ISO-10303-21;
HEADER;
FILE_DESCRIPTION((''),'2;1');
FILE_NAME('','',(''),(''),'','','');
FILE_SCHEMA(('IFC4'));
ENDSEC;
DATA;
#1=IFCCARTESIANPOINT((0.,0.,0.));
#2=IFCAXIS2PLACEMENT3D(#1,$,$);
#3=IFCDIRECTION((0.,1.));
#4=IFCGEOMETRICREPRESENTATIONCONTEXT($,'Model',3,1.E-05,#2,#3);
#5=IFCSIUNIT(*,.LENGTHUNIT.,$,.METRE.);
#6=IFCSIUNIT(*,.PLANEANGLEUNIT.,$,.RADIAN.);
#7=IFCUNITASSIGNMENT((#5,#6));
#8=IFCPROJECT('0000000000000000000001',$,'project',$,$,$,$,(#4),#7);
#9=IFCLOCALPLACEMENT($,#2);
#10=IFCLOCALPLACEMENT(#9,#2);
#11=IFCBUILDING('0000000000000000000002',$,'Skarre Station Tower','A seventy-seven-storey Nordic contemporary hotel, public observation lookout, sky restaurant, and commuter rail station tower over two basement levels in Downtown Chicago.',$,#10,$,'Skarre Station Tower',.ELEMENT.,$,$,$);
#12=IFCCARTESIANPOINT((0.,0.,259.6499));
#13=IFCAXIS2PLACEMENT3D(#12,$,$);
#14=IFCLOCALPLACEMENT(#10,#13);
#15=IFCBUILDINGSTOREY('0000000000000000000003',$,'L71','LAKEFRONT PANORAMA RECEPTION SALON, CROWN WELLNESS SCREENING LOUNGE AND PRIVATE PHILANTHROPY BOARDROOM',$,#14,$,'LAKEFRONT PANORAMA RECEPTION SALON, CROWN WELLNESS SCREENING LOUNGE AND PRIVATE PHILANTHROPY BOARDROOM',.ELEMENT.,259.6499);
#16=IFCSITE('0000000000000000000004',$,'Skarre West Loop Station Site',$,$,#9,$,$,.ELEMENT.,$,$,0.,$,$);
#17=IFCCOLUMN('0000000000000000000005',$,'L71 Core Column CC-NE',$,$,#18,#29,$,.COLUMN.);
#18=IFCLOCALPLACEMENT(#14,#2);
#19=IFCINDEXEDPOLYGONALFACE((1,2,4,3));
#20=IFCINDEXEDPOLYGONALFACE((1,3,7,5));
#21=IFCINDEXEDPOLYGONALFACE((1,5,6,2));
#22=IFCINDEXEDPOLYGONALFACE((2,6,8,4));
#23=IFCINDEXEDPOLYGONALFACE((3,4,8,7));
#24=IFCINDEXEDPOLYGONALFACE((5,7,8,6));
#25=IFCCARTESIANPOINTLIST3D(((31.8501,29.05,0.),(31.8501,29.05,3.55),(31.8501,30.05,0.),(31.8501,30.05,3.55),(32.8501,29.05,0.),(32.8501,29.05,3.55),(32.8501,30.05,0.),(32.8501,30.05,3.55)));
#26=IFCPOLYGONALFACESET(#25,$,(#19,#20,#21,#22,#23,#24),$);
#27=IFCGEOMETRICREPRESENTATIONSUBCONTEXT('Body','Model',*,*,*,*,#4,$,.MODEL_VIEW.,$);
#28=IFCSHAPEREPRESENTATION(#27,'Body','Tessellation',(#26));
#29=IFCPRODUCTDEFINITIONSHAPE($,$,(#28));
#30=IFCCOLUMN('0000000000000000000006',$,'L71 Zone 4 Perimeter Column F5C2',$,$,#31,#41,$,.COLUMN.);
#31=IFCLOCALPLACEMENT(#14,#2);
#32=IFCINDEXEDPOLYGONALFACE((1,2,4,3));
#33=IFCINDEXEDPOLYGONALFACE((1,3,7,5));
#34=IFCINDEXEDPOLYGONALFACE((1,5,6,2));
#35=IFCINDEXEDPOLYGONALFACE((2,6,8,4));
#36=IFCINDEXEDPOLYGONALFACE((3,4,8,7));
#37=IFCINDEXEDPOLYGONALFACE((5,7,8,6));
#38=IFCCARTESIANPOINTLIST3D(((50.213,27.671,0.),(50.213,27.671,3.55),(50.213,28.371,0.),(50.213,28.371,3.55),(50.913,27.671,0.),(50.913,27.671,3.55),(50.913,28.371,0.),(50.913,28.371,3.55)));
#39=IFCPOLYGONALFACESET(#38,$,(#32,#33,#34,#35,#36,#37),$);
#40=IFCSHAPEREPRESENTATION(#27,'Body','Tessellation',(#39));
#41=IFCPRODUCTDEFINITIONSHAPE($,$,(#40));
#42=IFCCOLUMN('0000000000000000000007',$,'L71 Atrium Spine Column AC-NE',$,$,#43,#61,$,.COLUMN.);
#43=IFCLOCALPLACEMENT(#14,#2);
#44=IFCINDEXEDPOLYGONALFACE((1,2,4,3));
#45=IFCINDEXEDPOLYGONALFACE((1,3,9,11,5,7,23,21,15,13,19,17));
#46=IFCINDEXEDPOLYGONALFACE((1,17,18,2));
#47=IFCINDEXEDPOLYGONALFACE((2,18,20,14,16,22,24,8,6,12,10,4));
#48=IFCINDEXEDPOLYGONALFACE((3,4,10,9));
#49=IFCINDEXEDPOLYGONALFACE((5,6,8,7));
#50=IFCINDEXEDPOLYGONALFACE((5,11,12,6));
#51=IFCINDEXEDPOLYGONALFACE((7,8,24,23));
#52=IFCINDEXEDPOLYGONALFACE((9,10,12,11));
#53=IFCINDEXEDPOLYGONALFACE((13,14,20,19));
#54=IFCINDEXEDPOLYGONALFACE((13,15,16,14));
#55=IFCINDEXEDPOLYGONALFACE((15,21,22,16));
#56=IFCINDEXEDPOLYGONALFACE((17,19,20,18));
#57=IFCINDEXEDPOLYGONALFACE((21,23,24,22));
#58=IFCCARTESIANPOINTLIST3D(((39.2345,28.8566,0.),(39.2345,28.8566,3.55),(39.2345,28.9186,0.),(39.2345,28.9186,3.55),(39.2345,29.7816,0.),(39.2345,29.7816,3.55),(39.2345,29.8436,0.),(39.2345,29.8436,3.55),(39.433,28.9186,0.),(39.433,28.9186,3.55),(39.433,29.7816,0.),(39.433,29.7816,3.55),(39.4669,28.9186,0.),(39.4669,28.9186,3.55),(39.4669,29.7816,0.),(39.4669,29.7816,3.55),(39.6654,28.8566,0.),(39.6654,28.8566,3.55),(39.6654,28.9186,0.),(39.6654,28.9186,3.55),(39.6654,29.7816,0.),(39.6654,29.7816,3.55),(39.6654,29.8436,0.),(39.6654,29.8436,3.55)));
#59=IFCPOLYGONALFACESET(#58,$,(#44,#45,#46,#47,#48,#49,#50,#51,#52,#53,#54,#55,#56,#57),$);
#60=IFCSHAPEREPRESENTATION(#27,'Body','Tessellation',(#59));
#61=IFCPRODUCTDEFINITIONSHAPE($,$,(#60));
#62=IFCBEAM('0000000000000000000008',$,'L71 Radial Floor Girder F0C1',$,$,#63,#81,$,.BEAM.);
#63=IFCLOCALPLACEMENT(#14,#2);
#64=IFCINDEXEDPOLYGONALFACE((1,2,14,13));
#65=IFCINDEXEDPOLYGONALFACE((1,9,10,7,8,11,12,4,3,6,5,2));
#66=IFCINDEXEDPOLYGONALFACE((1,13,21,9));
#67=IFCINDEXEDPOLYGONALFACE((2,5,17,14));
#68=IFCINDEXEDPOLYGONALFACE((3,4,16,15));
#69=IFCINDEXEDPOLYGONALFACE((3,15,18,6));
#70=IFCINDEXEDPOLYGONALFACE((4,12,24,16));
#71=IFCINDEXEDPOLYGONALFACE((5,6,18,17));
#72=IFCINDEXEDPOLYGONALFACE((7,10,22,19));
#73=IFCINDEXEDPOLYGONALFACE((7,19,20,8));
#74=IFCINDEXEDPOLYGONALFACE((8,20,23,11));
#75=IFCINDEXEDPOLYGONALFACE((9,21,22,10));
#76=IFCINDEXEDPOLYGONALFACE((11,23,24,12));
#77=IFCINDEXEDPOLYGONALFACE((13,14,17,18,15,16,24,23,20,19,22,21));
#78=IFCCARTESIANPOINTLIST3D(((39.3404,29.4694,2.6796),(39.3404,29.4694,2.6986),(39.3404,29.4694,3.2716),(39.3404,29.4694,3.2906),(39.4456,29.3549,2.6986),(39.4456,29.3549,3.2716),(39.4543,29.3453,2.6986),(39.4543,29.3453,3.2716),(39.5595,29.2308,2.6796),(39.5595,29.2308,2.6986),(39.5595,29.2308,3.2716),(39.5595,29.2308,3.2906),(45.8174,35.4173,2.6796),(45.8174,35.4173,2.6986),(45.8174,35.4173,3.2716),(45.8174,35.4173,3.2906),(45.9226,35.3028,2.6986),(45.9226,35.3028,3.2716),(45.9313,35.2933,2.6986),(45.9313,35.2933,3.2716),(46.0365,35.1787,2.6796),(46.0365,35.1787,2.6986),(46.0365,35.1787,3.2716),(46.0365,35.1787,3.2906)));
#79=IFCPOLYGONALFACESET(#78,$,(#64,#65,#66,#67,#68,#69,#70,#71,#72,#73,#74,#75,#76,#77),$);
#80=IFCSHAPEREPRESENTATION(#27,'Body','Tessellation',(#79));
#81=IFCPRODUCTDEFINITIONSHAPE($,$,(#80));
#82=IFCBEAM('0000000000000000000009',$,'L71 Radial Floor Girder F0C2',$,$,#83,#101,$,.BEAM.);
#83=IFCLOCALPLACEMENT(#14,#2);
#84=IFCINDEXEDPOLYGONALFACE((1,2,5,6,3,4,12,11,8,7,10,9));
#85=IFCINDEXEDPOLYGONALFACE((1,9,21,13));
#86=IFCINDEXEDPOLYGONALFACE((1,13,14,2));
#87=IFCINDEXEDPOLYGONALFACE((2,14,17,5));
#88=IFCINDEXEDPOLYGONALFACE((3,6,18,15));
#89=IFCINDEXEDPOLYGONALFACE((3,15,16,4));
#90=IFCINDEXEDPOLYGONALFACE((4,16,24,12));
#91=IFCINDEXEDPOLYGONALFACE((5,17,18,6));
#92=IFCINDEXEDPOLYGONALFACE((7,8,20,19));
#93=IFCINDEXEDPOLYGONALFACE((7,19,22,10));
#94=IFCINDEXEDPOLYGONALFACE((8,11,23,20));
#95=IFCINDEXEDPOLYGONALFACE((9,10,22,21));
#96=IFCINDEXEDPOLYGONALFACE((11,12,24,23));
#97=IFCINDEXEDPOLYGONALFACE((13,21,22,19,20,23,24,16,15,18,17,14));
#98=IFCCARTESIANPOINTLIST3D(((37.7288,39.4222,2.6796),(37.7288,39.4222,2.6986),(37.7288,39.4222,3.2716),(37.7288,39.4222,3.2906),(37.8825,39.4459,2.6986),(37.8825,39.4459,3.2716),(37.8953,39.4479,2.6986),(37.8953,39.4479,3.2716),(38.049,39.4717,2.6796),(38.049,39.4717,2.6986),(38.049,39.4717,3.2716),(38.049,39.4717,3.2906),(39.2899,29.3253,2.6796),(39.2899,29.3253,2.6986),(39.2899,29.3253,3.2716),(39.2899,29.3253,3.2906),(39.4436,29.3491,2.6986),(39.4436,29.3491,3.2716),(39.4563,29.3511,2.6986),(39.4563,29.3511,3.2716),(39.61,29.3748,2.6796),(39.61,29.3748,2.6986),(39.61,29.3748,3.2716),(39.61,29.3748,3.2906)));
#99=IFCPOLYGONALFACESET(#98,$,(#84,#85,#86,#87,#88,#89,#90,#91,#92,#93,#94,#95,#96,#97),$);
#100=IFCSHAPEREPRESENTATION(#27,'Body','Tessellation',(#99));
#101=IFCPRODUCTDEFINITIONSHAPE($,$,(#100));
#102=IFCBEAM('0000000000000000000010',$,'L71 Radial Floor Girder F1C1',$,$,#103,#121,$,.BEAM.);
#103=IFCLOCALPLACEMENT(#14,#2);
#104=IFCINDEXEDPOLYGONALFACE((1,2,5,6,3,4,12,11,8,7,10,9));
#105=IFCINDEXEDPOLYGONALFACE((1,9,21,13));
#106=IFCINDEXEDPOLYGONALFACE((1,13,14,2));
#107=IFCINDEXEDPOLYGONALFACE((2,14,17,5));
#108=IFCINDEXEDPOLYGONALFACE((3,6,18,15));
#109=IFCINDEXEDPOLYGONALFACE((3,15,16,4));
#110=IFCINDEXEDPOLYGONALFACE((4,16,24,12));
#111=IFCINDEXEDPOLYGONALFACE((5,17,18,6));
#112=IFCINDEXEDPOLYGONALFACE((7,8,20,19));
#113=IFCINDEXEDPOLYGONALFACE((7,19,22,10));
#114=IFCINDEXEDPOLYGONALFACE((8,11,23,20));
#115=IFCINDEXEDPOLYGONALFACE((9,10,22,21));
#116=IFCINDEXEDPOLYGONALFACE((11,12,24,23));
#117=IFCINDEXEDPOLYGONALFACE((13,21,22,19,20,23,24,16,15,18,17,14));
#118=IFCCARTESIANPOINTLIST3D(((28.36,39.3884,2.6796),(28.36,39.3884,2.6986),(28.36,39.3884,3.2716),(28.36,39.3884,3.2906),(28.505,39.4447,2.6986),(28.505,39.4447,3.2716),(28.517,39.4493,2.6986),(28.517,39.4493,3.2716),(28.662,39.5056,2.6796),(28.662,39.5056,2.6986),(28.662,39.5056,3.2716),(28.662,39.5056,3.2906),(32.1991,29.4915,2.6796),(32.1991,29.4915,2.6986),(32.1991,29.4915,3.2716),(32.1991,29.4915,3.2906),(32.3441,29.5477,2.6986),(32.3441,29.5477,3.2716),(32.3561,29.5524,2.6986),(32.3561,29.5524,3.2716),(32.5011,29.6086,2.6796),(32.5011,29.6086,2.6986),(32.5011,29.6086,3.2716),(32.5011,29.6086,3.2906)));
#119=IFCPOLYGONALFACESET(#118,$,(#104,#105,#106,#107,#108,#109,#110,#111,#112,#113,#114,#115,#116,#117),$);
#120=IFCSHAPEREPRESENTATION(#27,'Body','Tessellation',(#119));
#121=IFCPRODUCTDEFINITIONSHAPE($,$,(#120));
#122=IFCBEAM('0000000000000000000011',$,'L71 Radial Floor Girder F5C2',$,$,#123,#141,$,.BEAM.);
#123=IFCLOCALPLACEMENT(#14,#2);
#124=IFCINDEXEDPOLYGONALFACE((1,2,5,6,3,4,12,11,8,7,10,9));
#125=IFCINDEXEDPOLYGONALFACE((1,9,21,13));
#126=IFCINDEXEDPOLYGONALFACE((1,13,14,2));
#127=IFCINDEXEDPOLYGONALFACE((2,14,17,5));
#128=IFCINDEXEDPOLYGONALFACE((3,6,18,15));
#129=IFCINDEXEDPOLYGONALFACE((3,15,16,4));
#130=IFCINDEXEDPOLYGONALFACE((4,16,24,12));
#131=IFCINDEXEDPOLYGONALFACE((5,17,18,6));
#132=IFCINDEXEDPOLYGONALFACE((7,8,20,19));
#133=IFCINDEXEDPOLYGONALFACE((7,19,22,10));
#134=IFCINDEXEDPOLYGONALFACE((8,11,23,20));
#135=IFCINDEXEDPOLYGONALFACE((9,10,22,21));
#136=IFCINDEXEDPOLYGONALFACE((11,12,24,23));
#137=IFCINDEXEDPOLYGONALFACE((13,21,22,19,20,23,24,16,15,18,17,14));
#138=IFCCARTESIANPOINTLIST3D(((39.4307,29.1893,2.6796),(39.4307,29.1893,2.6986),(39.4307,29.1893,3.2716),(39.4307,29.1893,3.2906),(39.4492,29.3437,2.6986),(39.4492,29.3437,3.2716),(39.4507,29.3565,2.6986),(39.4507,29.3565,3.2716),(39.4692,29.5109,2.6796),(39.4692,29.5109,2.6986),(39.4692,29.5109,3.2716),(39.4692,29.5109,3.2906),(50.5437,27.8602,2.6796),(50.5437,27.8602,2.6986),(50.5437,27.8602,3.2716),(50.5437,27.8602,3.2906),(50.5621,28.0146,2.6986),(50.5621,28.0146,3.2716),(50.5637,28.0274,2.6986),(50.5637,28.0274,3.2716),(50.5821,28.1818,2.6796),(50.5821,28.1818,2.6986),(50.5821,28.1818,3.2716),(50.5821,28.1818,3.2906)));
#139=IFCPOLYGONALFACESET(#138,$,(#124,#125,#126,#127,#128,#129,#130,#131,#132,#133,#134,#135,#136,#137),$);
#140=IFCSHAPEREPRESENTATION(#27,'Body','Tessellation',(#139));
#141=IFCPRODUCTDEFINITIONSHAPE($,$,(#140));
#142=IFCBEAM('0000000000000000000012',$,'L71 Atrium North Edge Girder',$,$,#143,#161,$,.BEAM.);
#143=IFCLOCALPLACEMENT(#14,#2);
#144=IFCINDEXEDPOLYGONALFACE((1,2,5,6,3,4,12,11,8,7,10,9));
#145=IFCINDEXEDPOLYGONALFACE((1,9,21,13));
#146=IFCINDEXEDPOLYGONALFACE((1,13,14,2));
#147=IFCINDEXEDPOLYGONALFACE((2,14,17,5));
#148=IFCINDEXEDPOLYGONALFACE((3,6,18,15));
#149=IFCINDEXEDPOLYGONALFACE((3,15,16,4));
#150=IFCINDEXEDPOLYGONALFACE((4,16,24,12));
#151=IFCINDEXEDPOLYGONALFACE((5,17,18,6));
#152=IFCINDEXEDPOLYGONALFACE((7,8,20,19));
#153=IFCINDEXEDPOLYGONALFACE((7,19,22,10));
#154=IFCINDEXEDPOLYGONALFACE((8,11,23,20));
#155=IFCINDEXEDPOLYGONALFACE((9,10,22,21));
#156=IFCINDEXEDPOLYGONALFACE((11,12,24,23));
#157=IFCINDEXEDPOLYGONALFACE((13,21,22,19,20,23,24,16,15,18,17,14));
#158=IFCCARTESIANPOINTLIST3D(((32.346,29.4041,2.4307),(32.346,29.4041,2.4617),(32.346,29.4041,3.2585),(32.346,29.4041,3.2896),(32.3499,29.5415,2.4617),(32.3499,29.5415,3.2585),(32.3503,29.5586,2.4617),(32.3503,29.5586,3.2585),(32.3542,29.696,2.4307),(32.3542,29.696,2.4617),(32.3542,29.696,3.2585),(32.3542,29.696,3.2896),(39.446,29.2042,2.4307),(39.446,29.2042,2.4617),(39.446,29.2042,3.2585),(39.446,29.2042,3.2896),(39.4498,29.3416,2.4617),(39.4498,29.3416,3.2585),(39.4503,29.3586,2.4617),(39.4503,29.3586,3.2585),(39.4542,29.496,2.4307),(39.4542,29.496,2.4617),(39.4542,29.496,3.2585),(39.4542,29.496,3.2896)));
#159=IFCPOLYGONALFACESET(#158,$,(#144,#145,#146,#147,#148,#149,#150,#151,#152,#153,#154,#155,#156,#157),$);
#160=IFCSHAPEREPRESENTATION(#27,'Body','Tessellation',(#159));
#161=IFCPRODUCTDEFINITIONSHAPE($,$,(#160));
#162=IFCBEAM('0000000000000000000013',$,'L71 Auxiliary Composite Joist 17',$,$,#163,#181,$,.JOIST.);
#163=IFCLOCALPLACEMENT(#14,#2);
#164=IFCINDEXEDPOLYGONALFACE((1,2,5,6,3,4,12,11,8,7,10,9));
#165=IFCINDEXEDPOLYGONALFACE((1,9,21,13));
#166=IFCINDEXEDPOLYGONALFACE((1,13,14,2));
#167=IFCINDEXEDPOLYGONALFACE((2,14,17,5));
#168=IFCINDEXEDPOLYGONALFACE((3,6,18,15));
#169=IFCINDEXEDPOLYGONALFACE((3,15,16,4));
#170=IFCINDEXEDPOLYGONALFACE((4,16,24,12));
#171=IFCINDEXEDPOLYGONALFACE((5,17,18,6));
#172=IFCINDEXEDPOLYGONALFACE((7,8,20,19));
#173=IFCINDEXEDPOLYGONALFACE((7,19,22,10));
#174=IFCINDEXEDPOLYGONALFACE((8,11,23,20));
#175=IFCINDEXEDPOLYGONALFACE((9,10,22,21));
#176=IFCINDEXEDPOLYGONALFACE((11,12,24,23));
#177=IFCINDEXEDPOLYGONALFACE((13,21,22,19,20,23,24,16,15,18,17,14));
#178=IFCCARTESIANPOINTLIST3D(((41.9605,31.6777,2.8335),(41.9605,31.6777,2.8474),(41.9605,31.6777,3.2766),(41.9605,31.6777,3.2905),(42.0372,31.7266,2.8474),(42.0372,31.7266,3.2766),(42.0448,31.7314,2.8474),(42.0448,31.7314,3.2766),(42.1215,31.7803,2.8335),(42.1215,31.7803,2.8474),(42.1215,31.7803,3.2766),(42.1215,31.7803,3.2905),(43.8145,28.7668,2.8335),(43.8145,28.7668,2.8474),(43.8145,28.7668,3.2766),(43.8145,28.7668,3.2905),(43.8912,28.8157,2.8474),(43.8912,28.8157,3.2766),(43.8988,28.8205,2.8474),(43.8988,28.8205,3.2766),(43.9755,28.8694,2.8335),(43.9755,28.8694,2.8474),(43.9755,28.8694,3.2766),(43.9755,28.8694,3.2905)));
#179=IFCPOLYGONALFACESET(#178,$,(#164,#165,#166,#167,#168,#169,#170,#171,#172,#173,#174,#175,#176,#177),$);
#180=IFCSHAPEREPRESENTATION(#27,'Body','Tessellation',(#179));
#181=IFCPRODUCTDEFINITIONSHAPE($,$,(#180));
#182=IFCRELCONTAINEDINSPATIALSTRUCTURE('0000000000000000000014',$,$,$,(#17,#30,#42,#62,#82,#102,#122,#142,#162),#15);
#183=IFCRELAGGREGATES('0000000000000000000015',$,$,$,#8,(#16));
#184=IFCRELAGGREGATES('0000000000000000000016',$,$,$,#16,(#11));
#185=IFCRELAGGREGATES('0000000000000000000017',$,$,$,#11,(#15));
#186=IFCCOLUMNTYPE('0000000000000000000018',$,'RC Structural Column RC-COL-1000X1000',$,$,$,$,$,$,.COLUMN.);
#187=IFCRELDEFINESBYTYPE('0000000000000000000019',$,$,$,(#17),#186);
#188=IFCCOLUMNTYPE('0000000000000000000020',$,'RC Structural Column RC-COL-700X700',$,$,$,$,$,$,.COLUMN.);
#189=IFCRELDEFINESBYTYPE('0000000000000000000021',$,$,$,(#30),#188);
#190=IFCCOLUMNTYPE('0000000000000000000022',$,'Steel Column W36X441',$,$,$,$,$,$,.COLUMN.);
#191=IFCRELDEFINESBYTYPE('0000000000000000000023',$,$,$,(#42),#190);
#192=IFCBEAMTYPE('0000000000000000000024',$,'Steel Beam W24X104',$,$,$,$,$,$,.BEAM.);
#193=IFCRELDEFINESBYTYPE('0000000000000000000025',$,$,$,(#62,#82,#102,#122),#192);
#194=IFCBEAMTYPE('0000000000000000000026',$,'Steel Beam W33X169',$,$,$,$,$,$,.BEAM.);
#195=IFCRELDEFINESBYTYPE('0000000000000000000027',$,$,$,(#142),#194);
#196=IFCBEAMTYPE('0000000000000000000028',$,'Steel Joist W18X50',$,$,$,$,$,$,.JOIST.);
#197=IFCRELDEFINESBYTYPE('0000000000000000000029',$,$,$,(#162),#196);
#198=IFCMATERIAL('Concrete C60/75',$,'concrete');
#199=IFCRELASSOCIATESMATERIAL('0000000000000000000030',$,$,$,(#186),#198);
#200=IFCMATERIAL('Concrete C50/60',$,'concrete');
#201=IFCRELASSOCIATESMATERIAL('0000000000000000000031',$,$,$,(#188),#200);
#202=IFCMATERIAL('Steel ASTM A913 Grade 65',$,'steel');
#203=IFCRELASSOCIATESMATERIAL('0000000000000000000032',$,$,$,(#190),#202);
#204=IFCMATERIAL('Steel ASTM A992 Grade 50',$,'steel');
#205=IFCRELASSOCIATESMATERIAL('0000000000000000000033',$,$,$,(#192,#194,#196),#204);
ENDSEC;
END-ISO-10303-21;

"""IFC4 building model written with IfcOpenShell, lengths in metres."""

from ifc_helpers import new_model, si_unit, direction, frame, origin, origin_2d, place, context, subcontext, project, spatial, rectangle, i_section, extrude, material, material_profile, profile_set, type_object, element, save


model = new_model("IFC4")

# Units and contexts
model_context = context("Model", 3, precision=1e-05, world=origin(), true_north=direction((0.0, 1.0)))
body_context = subcontext(model_context, "Body", "Model", "MODEL_VIEW")
ifc_project = project(units=[si_unit("LENGTHUNIT", "METRE"), si_unit("PLANEANGLEUNIT", "RADIAN")], contexts=[model_context])

# Site, building, storey
site_placement = place(None, origin())
site = spatial("IfcSite", under=ifc_project, at=site_placement, Name="Skarre West Loop Station Site", CompositionType="ELEMENT", RefElevation=0.0)
building_placement = place(site_placement, origin())
building = spatial("IfcBuilding", under=site, at=building_placement, Name="Skarre Station Tower", Description="A seventy-seven-storey Nordic contemporary hotel, public observation lookout, sky restaurant, and commuter rail station tower over two basement levels in Downtown Chicago.", LongName="Skarre Station Tower", CompositionType="ELEMENT")
storey_placement = place(building_placement, frame((0.0, 0.0, 259.6499)))
storey = spatial("IfcBuildingStorey", under=building, at=storey_placement, Name="L71", Description="LAKEFRONT PANORAMA RECEPTION SALON, CROWN WELLNESS SCREENING LOUNGE AND PRIVATE PHILANTHROPY BOARDROOM", LongName="LAKEFRONT PANORAMA RECEPTION SALON, CROWN WELLNESS SCREENING LOUNGE AND PRIVATE PHILANTHROPY BOARDROOM", CompositionType="ELEMENT", Elevation=259.6499)

# Columns
ifc_material_1 = material(Name="Concrete C60/75", Category="concrete")
ifc_material_profile_1 = material_profile(ifc_material_1, rectangle(XDim=1.0, YDim=1.0, at=origin_2d()), Name="Concrete C60/75")
ifc_profile_set_1 = profile_set([ifc_material_profile_1], Name="Concrete C60/75")
column_type_1 = type_object("IfcColumnType", Name="RC Structural Column RC-COL-1000X1000", PredefinedType="COLUMN", material=ifc_profile_set_1)
column_1_placement = place(storey_placement, frame((32.3501, 29.55, 0.0), z_axis=(0.0, 0.0, 1.0), x_axis=(1.0, 0.0, 0.0)))
element("IfcColumn", 1, at=column_1_placement, inside=storey, type_object=column_type_1, Name="L71 Core Column CC-NE", PredefinedType="COLUMN", context=body_context, shape_type="SweptSolid", body=[
    extrude(rectangle(XDim=1.0, YDim=1.0, at=origin_2d()), origin(), (0.0, 0.0, 1.0), 3.55),
])
ifc_material_2 = material(Name="Concrete C50/60", Category="concrete")
ifc_material_profile_2 = material_profile(ifc_material_2, rectangle(XDim=0.7, YDim=0.7, at=origin_2d()), Name="Concrete C50/60")
ifc_profile_set_2 = profile_set([ifc_material_profile_2], Name="Concrete C50/60")
column_type_2 = type_object("IfcColumnType", Name="RC Structural Column RC-COL-700X700", PredefinedType="COLUMN", material=ifc_profile_set_2)
column_2_placement = place(storey_placement, frame((50.563, 28.021, 0.0), z_axis=(0.0, 0.0, 1.0), x_axis=(1.0, 0.0, 0.0)))
element("IfcColumn", 2, at=column_2_placement, inside=storey, type_object=column_type_2, Name="L71 Zone 4 Perimeter Column F5C2", PredefinedType="COLUMN", context=body_context, shape_type="SweptSolid", body=[
    extrude(rectangle(XDim=0.7, YDim=0.7, at=origin_2d()), origin(), (0.0, 0.0, 1.0), 3.55),
])
ifc_material_3 = material(Name="Steel ASTM A913 Grade 65", Category="steel")
ifc_material_profile_3 = material_profile(ifc_material_3, i_section(OverallWidth=0.4309, OverallDepth=0.9871, WebThickness=0.0339, FlangeThickness=0.062, at=origin_2d()), Name="Steel ASTM A913 Grade 65")
ifc_profile_set_3 = profile_set([ifc_material_profile_3], Name="Steel ASTM A913 Grade 65")
column_type_3 = type_object("IfcColumnType", Name="Steel Column W36X441", PredefinedType="COLUMN", material=ifc_profile_set_3)
column_3_placement = place(storey_placement, frame((39.45, 29.3501, 0.0), z_axis=(0.0, 0.0, 1.0), x_axis=(1.0, 0.0, 0.0)))
element("IfcColumn", 3, at=column_3_placement, inside=storey, type_object=column_type_3, Name="L71 Atrium Spine Column AC-NE", PredefinedType="COLUMN", context=body_context, shape_type="SweptSolid", body=[
    extrude(i_section(OverallWidth=0.4309, OverallDepth=0.9871, WebThickness=0.0339, FlangeThickness=0.062, at=origin_2d()), origin(), (0.0, 0.0, 1.0), 3.55),
])

# Beams
ifc_material_4 = material(Name="Steel ASTM A992 Grade 50", Category="steel")
ifc_material_profile_4 = material_profile(ifc_material_4, i_section(OverallWidth=0.324, OverallDepth=0.6111, WebThickness=0.0129, FlangeThickness=0.019, at=origin_2d()), Name="Steel ASTM A992 Grade 50")
ifc_profile_set_4 = profile_set([ifc_material_profile_4], Name="Steel ASTM A992 Grade 50")
beam_type_1 = type_object("IfcBeamType", Name="Steel Beam W24X104", PredefinedType="BEAM", material=ifc_profile_set_4)
beam_1_placement = place(storey_placement, frame((39.45, 29.3501, 2.9851), z_axis=(0.736548, 0.676386, 0.0), x_axis=(-0.676386, 0.736548, 0.0)))
element("IfcBeam", 4, at=beam_1_placement, inside=storey, type_object=beam_type_1, Name="L71 Radial Floor Girder F0C1", PredefinedType="BEAM", context=body_context, shape_type="SweptSolid", body=[
    extrude(i_section(OverallWidth=0.324, OverallDepth=0.6111, WebThickness=0.0129, FlangeThickness=0.019, at=origin_2d()), origin(), (0.0, 0.0, 1.0), 8.7937),
])
beam_2_placement = place(storey_placement, frame((39.45, 29.3501, 2.9851), z_axis=(-0.15279, 0.988259, 0.0), x_axis=(-0.988259, -0.15279, 0.0)))
element("IfcBeam", 5, at=beam_2_placement, inside=storey, type_object=beam_type_1, Name="L71 Radial Floor Girder F0C2", PredefinedType="BEAM", context=body_context, shape_type="SweptSolid", body=[
    extrude(i_section(OverallWidth=0.324, OverallDepth=0.6111, WebThickness=0.0129, FlangeThickness=0.019, at=origin_2d()), origin(), (0.0, 0.0, 1.0), 10.2168),
])
beam_3_placement = place(storey_placement, frame((32.3501, 29.55, 2.9851), z_axis=(-0.361651, 0.932313, 0.0), x_axis=(-0.932313, -0.361651, 0.0)))
element("IfcBeam", 6, at=beam_3_placement, inside=storey, type_object=beam_type_1, Name="L71 Radial Floor Girder F1C1", PredefinedType="BEAM", context=body_context, shape_type="SweptSolid", body=[
    extrude(i_section(OverallWidth=0.324, OverallDepth=0.6111, WebThickness=0.0129, FlangeThickness=0.019, at=origin_2d()), origin(), (0.0, 0.0, 1.0), 10.6155),
])
beam_4_placement = place(storey_placement, frame((39.45, 29.3501, 2.9851), z_axis=(0.992924, -0.118752, 0.0), x_axis=(0.118752, 0.992924, 0.0)))
element("IfcBeam", 7, at=beam_4_placement, inside=storey, type_object=beam_type_1, Name="L71 Radial Floor Girder F5C2", PredefinedType="BEAM", context=body_context, shape_type="SweptSolid", body=[
    extrude(i_section(OverallWidth=0.324, OverallDepth=0.6111, WebThickness=0.0129, FlangeThickness=0.019, at=origin_2d()), origin(), (0.0, 0.0, 1.0), 11.1921),
])
ifc_material_profile_5 = material_profile(ifc_material_4, i_section(OverallWidth=0.292, OverallDepth=0.8589, WebThickness=0.0171, FlangeThickness=0.031, at=origin_2d()), Name="Steel ASTM A992 Grade 50")
ifc_profile_set_5 = profile_set([ifc_material_profile_5], Name="Steel ASTM A992 Grade 50")
beam_type_2 = type_object("IfcBeamType", Name="Steel Beam W33X169", PredefinedType="BEAM", material=ifc_profile_set_5)
beam_5_placement = place(storey_placement, frame((32.3501, 29.55, 2.8601), z_axis=(0.999604, -0.028152, 0.0), x_axis=(0.028152, 0.999604, 0.0)))
element("IfcBeam", 8, at=beam_5_placement, inside=storey, type_object=beam_type_2, Name="L71 Atrium North Edge Girder", PredefinedType="BEAM", context=body_context, shape_type="SweptSolid", body=[
    extrude(i_section(OverallWidth=0.292, OverallDepth=0.8589, WebThickness=0.0171, FlangeThickness=0.031, at=origin_2d()), origin(), (0.0, 0.0, 1.0), 7.1028),
])
ifc_material_profile_6 = material_profile(ifc_material_4, i_section(OverallWidth=0.1909, OverallDepth=0.457, WebThickness=0.009, FlangeThickness=0.0139, at=origin_2d()), Name="Steel ASTM A992 Grade 50")
ifc_profile_set_6 = profile_set([ifc_material_profile_6], Name="Steel ASTM A992 Grade 50")
beam_type_3 = type_object("IfcBeamType", Name="Steel Joist W18X50", PredefinedType="JOIST", material=ifc_profile_set_6)
beam_6_placement = place(storey_placement, frame((43.895, 28.8181, 3.062), z_axis=(-0.53721, 0.843449, 0.0), x_axis=(-0.843449, -0.53721, 0.0)))
element("IfcBeam", 9, at=beam_6_placement, inside=storey, type_object=beam_type_3, Name="L71 Auxiliary Composite Joist 17", PredefinedType="JOIST", context=body_context, shape_type="SweptSolid", body=[
    extrude(i_section(OverallWidth=0.1909, OverallDepth=0.457, WebThickness=0.009, FlangeThickness=0.0139, at=origin_2d()), origin(), (0.0, 0.0, 1.0), 3.4512),
])

save(model, "model.ifc")
